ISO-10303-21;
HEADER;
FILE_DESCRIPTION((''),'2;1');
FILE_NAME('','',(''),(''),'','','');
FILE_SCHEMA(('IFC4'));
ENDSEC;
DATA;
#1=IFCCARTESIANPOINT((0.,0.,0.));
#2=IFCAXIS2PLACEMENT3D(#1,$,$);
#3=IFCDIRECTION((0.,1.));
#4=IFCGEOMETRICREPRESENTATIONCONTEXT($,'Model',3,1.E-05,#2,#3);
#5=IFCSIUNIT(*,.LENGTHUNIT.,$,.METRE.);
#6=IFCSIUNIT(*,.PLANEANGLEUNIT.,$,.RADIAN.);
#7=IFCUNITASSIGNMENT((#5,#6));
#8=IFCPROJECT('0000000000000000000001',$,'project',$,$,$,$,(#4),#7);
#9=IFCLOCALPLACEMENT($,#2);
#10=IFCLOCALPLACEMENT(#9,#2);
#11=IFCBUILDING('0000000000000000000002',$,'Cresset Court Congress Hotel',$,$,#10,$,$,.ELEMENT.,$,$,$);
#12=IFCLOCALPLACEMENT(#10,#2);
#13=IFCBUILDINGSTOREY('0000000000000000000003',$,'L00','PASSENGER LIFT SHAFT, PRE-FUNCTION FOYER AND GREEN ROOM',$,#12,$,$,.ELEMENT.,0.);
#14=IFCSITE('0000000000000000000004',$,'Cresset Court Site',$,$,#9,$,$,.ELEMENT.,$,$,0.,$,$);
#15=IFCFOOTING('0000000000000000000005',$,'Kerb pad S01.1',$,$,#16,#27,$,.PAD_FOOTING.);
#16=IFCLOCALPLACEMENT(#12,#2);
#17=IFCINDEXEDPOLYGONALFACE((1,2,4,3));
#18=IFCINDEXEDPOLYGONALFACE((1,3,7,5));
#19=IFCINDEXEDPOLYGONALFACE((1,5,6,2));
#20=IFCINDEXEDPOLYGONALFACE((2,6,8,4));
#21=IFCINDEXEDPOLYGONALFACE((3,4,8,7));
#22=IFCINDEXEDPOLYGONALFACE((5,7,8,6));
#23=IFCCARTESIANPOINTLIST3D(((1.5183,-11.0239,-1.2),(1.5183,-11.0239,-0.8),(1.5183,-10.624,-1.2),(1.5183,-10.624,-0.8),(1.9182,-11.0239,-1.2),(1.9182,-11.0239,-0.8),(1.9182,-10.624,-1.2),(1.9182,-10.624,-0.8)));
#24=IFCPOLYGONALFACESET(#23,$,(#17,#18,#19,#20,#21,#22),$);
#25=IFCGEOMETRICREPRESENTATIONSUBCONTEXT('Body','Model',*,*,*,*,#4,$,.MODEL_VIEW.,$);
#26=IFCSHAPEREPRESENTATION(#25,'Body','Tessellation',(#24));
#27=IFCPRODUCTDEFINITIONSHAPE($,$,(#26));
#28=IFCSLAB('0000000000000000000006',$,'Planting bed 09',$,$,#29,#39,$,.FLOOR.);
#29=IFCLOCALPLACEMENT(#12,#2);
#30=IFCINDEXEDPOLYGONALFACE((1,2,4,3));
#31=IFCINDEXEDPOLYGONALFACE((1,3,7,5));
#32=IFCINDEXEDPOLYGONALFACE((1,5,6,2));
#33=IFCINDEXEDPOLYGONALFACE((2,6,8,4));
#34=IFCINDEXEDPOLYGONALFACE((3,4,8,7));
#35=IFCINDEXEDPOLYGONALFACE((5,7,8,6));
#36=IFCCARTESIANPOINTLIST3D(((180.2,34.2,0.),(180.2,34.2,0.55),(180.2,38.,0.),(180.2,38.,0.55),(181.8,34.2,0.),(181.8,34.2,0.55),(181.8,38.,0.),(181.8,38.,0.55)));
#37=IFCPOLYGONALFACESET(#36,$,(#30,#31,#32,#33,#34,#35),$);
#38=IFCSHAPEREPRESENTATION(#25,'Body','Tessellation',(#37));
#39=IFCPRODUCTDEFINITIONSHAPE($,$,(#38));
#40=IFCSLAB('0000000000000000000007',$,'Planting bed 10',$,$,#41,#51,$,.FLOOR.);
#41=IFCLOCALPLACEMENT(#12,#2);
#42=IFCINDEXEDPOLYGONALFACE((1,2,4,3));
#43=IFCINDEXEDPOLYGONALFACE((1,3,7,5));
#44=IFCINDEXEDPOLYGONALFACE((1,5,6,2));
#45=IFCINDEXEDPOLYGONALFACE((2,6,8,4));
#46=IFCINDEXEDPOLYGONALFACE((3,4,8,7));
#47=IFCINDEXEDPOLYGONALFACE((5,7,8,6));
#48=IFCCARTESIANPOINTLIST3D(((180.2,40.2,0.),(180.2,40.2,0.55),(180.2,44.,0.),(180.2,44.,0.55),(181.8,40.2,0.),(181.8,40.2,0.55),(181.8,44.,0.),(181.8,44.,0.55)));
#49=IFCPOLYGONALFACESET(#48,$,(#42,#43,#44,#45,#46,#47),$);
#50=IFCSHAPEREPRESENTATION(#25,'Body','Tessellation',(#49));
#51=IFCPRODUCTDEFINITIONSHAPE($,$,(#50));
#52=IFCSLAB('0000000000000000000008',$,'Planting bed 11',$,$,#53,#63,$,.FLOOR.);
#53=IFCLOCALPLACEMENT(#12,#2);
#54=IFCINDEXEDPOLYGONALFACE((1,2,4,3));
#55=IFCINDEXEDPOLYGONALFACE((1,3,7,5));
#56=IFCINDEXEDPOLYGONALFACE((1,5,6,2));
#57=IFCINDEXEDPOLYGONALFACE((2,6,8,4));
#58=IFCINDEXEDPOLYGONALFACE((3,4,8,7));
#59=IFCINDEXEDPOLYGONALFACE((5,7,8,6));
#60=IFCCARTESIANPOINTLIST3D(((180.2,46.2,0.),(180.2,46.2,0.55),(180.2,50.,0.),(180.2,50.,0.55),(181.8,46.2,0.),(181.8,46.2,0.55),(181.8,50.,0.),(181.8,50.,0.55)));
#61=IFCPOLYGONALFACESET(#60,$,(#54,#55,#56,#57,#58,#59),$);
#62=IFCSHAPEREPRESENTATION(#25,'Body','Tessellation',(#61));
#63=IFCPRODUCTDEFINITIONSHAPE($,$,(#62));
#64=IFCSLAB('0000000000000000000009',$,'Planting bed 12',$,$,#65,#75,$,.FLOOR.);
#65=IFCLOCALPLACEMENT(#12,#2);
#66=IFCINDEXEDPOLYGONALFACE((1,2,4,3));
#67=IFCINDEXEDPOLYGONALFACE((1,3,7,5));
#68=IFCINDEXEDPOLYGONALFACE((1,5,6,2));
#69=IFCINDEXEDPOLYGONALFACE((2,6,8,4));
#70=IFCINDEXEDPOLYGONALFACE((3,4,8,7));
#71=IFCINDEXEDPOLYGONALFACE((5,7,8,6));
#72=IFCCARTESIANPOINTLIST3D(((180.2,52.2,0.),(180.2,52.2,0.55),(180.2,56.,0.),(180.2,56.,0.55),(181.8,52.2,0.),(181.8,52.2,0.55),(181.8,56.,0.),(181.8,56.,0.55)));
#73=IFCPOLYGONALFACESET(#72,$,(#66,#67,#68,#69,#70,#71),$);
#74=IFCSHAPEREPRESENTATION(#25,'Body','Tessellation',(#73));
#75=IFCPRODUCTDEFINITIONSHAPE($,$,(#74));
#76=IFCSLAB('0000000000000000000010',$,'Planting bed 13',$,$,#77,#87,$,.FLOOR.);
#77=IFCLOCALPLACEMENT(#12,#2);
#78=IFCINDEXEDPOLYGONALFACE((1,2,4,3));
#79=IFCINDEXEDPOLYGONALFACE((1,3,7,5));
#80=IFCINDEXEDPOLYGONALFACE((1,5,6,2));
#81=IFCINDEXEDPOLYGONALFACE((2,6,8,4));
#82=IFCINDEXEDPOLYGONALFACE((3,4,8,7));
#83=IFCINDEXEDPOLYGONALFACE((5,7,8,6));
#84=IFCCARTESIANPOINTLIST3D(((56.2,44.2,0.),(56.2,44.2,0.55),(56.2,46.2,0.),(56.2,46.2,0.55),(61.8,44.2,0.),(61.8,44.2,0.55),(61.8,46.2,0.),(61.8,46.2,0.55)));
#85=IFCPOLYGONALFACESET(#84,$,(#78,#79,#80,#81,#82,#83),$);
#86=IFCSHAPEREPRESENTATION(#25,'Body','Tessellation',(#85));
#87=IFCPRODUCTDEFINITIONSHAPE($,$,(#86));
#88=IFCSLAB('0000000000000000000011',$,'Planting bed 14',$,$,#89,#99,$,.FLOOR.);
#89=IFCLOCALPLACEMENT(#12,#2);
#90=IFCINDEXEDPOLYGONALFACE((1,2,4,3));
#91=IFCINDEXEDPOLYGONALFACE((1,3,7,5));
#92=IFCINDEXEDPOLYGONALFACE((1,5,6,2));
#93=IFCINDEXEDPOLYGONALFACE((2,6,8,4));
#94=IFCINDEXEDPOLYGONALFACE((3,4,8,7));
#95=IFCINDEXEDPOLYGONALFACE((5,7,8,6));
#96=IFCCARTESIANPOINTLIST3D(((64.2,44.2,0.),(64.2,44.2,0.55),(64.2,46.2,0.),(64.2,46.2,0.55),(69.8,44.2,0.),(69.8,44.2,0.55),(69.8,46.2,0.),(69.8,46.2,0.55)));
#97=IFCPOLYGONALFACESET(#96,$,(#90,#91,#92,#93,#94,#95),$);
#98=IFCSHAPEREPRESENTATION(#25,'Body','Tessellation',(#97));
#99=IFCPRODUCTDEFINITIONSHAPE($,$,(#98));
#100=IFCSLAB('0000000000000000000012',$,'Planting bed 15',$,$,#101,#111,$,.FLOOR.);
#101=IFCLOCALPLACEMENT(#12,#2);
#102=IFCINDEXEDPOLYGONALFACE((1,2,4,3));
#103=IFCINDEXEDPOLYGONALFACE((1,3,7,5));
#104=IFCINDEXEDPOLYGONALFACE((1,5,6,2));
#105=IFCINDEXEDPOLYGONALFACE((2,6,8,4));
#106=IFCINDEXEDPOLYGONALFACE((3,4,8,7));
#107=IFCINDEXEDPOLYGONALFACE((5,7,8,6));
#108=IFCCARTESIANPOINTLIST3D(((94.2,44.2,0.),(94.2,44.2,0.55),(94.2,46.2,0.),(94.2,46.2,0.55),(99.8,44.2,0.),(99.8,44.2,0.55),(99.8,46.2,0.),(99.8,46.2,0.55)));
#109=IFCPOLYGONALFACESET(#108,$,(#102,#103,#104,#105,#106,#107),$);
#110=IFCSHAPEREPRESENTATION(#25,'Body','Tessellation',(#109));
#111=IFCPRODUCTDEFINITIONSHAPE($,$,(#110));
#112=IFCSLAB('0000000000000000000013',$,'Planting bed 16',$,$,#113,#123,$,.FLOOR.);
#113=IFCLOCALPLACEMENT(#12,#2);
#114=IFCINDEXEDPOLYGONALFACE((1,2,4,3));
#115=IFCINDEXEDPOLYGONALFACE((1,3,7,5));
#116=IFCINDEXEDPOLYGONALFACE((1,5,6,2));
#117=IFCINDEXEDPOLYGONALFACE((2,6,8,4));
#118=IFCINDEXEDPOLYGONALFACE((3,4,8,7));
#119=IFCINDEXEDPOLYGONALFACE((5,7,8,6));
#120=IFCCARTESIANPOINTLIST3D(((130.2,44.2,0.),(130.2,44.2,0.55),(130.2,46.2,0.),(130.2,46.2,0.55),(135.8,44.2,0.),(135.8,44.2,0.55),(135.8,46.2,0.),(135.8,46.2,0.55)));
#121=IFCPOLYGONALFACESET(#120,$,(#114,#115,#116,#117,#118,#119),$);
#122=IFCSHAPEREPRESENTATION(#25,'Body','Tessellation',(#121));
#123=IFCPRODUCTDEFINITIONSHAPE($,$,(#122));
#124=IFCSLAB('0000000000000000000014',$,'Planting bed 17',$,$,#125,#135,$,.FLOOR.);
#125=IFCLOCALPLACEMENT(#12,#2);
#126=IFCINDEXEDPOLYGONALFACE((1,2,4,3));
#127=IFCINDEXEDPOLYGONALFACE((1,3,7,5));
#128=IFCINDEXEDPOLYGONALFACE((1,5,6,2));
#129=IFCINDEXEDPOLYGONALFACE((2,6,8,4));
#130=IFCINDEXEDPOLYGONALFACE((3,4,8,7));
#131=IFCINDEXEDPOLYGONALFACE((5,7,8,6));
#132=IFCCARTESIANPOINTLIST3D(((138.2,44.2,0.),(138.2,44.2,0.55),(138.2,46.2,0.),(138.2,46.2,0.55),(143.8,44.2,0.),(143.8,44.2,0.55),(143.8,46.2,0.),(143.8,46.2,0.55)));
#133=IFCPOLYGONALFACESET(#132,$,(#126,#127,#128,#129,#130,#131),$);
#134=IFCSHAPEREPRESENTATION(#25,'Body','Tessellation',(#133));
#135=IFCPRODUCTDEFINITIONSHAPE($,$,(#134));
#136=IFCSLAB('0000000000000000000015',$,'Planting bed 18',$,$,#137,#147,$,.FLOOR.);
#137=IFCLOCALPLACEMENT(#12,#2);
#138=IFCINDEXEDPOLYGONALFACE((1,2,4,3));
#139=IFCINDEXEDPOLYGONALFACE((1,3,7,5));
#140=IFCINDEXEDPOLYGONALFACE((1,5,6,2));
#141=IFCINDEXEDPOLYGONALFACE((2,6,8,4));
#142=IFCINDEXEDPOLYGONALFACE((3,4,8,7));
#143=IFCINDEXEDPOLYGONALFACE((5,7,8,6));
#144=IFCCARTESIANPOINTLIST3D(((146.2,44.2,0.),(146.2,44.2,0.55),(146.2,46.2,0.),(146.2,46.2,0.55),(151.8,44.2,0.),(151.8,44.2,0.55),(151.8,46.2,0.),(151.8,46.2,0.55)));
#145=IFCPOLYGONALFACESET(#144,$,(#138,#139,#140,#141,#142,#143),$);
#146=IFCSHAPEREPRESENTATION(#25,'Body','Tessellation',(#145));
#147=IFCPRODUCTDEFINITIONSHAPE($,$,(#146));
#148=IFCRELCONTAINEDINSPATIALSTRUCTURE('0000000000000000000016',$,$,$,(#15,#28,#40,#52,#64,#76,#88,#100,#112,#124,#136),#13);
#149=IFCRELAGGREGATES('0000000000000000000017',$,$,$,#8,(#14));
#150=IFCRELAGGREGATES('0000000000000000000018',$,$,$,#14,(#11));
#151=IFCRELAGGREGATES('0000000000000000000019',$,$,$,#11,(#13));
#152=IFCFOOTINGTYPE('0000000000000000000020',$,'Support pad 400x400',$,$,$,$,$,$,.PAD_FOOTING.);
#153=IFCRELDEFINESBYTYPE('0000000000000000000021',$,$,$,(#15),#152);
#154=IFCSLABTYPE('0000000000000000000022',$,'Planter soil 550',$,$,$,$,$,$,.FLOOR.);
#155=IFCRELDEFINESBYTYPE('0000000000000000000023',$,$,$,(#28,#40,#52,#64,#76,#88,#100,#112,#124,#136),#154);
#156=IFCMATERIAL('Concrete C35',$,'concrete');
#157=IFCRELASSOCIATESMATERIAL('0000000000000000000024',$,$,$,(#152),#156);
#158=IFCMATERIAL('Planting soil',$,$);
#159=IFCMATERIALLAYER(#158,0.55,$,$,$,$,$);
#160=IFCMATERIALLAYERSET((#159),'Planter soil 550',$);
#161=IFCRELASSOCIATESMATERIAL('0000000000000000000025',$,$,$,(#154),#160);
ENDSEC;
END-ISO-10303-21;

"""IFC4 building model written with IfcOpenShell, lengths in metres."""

from ifc_helpers import new_model, si_unit, direction, frame, origin, origin_2d, place, context, subcontext, project, spatial, polyline, rectangle, outline, extrude, material, layer, layer_set, type_object, element, save


model = new_model("IFC4")

# Units and contexts
model_context = context("Model", 3, precision=1e-05, world=origin(), true_north=direction((0.0, 1.0)))
body_context = subcontext(model_context, "Body", "Model", "MODEL_VIEW")
ifc_project = project(units=[si_unit("LENGTHUNIT", "METRE"), si_unit("PLANEANGLEUNIT", "RADIAN")], contexts=[model_context])

# Site, building, storey
site_placement = place(None, origin())
site = spatial("IfcSite", under=ifc_project, at=site_placement, Name="Cresset Court Site", CompositionType="ELEMENT", RefElevation=0.0)
building_placement = place(site_placement, origin())
building = spatial("IfcBuilding", under=site, at=building_placement, Name="Cresset Court Congress Hotel", CompositionType="ELEMENT")
storey_placement = place(building_placement, origin())
storey = spatial("IfcBuildingStorey", under=building, at=storey_placement, Name="L00", Description="PASSENGER LIFT SHAFT, PRE-FUNCTION FOYER AND GREEN ROOM", CompositionType="ELEMENT", Elevation=0.0)

# Footing
ifc_material_1 = material(Name="Concrete C35", Category="concrete")
footing_type = type_object("IfcFootingType", Name="Support pad 400x400", PredefinedType="PAD_FOOTING", material=ifc_material_1)
footing_placement = place(storey_placement, frame((1.7183, -10.824, -1.2), z_axis=(0.0, 0.0, 1.0), x_axis=(1.0, 0.0, 0.0)))
element("IfcFooting", 1, at=footing_placement, inside=storey, type_object=footing_type, Name="Kerb pad S01.1", PredefinedType="PAD_FOOTING", context=body_context, shape_type="SweptSolid", body=[
    extrude(rectangle(XDim=0.3999, YDim=0.3999, at=origin_2d()), origin(), (0.0, 0.0, 1.0), 0.3999),
])

# Slabs
ifc_material_2 = material(Name="Planting soil")
ifc_layer = layer(ifc_material_2, 0.55)
ifc_layer_set = layer_set([ifc_layer], Name="Planter soil 550")
slab_type = type_object("IfcSlabType", Name="Planter soil 550", PredefinedType="FLOOR", material=ifc_layer_set)
slab_1_placement = place(storey_placement, origin())
element("IfcSlab", 2, at=slab_1_placement, inside=storey, type_object=slab_type, Name="Planting bed 09", PredefinedType="FLOOR", context=body_context, shape_type="SweptSolid", body=[
    extrude(outline(polyline([(180.2, 34.2), (181.8, 34.2), (181.8, 38.0), (180.2, 38.0), (180.2, 34.2)])), origin(), (0.0, 0.0, 1.0), 0.55),
])
slab_2_placement = place(storey_placement, origin())
element("IfcSlab", 3, at=slab_2_placement, inside=storey, type_object=slab_type, Name="Planting bed 10", PredefinedType="FLOOR", context=body_context, shape_type="SweptSolid", body=[
    extrude(outline(polyline([(180.2, 40.2), (181.8, 40.2), (181.8, 44.0), (180.2, 44.0), (180.2, 40.2)])), origin(), (0.0, 0.0, 1.0), 0.55),
])
slab_3_placement = place(storey_placement, origin())
element("IfcSlab", 4, at=slab_3_placement, inside=storey, type_object=slab_type, Name="Planting bed 11", PredefinedType="FLOOR", context=body_context, shape_type="SweptSolid", body=[
    extrude(outline(polyline([(180.2, 46.2), (181.8, 46.2), (181.8, 50.0), (180.2, 50.0), (180.2, 46.2)])), origin(), (0.0, 0.0, 1.0), 0.55),
])
slab_4_placement = place(storey_placement, origin())
element("IfcSlab", 5, at=slab_4_placement, inside=storey, type_object=slab_type, Name="Planting bed 12", PredefinedType="FLOOR", context=body_context, shape_type="SweptSolid", body=[
    extrude(outline(polyline([(180.2, 52.2), (181.8, 52.2), (181.8, 56.0), (180.2, 56.0), (180.2, 52.2)])), origin(), (0.0, 0.0, 1.0), 0.55),
])
slab_5_placement = place(storey_placement, origin())
element("IfcSlab", 6, at=slab_5_placement, inside=storey, type_object=slab_type, Name="Planting bed 13", PredefinedType="FLOOR", context=body_context, shape_type="SweptSolid", body=[
    extrude(outline(polyline([(56.2, 44.2), (61.8, 44.2), (61.8, 46.2), (56.2, 46.2), (56.2, 44.2)])), origin(), (0.0, 0.0, 1.0), 0.55),
])
slab_6_placement = place(storey_placement, origin())
element("IfcSlab", 7, at=slab_6_placement, inside=storey, type_object=slab_type, Name="Planting bed 14", PredefinedType="FLOOR", context=body_context, shape_type="SweptSolid", body=[
    extrude(outline(polyline([(64.2, 44.2), (69.8, 44.2), (69.8, 46.2), (64.2, 46.2), (64.2, 44.2)])), origin(), (0.0, 0.0, 1.0), 0.55),
])
slab_7_placement = place(storey_placement, origin())
element("IfcSlab", 8, at=slab_7_placement, inside=storey, type_object=slab_type, Name="Planting bed 15", PredefinedType="FLOOR", context=body_context, shape_type="SweptSolid", body=[
    extrude(outline(polyline([(94.2, 44.2), (99.8, 44.2), (99.8, 46.2), (94.2, 46.2), (94.2, 44.2)])), origin(), (0.0, 0.0, 1.0), 0.55),
])
slab_8_placement = place(storey_placement, origin())
element("IfcSlab", 9, at=slab_8_placement, inside=storey, type_object=slab_type, Name="Planting bed 16", PredefinedType="FLOOR", context=body_context, shape_type="SweptSolid", body=[
    extrude(outline(polyline([(130.2, 44.2), (135.8, 44.2), (135.8, 46.2), (130.2, 46.2), (130.2, 44.2)])), origin(), (0.0, 0.0, 1.0), 0.55),
])
slab_9_placement = place(storey_placement, origin())
element("IfcSlab", 10, at=slab_9_placement, inside=storey, type_object=slab_type, Name="Planting bed 17", PredefinedType="FLOOR", context=body_context, shape_type="SweptSolid", body=[
    extrude(outline(polyline([(138.2, 44.2), (143.8, 44.2), (143.8, 46.2), (138.2, 46.2), (138.2, 44.2)])), origin(), (0.0, 0.0, 1.0), 0.55),
])
slab_10_placement = place(storey_placement, origin())
element("IfcSlab", 11, at=slab_10_placement, inside=storey, type_object=slab_type, Name="Planting bed 18", PredefinedType="FLOOR", context=body_context, shape_type="SweptSolid", body=[
    extrude(outline(polyline([(146.2, 44.2), (151.8, 44.2), (151.8, 46.2), (146.2, 46.2), (146.2, 44.2)])), origin(), (0.0, 0.0, 1.0), 0.55),
])

save(model, "model.ifc")
